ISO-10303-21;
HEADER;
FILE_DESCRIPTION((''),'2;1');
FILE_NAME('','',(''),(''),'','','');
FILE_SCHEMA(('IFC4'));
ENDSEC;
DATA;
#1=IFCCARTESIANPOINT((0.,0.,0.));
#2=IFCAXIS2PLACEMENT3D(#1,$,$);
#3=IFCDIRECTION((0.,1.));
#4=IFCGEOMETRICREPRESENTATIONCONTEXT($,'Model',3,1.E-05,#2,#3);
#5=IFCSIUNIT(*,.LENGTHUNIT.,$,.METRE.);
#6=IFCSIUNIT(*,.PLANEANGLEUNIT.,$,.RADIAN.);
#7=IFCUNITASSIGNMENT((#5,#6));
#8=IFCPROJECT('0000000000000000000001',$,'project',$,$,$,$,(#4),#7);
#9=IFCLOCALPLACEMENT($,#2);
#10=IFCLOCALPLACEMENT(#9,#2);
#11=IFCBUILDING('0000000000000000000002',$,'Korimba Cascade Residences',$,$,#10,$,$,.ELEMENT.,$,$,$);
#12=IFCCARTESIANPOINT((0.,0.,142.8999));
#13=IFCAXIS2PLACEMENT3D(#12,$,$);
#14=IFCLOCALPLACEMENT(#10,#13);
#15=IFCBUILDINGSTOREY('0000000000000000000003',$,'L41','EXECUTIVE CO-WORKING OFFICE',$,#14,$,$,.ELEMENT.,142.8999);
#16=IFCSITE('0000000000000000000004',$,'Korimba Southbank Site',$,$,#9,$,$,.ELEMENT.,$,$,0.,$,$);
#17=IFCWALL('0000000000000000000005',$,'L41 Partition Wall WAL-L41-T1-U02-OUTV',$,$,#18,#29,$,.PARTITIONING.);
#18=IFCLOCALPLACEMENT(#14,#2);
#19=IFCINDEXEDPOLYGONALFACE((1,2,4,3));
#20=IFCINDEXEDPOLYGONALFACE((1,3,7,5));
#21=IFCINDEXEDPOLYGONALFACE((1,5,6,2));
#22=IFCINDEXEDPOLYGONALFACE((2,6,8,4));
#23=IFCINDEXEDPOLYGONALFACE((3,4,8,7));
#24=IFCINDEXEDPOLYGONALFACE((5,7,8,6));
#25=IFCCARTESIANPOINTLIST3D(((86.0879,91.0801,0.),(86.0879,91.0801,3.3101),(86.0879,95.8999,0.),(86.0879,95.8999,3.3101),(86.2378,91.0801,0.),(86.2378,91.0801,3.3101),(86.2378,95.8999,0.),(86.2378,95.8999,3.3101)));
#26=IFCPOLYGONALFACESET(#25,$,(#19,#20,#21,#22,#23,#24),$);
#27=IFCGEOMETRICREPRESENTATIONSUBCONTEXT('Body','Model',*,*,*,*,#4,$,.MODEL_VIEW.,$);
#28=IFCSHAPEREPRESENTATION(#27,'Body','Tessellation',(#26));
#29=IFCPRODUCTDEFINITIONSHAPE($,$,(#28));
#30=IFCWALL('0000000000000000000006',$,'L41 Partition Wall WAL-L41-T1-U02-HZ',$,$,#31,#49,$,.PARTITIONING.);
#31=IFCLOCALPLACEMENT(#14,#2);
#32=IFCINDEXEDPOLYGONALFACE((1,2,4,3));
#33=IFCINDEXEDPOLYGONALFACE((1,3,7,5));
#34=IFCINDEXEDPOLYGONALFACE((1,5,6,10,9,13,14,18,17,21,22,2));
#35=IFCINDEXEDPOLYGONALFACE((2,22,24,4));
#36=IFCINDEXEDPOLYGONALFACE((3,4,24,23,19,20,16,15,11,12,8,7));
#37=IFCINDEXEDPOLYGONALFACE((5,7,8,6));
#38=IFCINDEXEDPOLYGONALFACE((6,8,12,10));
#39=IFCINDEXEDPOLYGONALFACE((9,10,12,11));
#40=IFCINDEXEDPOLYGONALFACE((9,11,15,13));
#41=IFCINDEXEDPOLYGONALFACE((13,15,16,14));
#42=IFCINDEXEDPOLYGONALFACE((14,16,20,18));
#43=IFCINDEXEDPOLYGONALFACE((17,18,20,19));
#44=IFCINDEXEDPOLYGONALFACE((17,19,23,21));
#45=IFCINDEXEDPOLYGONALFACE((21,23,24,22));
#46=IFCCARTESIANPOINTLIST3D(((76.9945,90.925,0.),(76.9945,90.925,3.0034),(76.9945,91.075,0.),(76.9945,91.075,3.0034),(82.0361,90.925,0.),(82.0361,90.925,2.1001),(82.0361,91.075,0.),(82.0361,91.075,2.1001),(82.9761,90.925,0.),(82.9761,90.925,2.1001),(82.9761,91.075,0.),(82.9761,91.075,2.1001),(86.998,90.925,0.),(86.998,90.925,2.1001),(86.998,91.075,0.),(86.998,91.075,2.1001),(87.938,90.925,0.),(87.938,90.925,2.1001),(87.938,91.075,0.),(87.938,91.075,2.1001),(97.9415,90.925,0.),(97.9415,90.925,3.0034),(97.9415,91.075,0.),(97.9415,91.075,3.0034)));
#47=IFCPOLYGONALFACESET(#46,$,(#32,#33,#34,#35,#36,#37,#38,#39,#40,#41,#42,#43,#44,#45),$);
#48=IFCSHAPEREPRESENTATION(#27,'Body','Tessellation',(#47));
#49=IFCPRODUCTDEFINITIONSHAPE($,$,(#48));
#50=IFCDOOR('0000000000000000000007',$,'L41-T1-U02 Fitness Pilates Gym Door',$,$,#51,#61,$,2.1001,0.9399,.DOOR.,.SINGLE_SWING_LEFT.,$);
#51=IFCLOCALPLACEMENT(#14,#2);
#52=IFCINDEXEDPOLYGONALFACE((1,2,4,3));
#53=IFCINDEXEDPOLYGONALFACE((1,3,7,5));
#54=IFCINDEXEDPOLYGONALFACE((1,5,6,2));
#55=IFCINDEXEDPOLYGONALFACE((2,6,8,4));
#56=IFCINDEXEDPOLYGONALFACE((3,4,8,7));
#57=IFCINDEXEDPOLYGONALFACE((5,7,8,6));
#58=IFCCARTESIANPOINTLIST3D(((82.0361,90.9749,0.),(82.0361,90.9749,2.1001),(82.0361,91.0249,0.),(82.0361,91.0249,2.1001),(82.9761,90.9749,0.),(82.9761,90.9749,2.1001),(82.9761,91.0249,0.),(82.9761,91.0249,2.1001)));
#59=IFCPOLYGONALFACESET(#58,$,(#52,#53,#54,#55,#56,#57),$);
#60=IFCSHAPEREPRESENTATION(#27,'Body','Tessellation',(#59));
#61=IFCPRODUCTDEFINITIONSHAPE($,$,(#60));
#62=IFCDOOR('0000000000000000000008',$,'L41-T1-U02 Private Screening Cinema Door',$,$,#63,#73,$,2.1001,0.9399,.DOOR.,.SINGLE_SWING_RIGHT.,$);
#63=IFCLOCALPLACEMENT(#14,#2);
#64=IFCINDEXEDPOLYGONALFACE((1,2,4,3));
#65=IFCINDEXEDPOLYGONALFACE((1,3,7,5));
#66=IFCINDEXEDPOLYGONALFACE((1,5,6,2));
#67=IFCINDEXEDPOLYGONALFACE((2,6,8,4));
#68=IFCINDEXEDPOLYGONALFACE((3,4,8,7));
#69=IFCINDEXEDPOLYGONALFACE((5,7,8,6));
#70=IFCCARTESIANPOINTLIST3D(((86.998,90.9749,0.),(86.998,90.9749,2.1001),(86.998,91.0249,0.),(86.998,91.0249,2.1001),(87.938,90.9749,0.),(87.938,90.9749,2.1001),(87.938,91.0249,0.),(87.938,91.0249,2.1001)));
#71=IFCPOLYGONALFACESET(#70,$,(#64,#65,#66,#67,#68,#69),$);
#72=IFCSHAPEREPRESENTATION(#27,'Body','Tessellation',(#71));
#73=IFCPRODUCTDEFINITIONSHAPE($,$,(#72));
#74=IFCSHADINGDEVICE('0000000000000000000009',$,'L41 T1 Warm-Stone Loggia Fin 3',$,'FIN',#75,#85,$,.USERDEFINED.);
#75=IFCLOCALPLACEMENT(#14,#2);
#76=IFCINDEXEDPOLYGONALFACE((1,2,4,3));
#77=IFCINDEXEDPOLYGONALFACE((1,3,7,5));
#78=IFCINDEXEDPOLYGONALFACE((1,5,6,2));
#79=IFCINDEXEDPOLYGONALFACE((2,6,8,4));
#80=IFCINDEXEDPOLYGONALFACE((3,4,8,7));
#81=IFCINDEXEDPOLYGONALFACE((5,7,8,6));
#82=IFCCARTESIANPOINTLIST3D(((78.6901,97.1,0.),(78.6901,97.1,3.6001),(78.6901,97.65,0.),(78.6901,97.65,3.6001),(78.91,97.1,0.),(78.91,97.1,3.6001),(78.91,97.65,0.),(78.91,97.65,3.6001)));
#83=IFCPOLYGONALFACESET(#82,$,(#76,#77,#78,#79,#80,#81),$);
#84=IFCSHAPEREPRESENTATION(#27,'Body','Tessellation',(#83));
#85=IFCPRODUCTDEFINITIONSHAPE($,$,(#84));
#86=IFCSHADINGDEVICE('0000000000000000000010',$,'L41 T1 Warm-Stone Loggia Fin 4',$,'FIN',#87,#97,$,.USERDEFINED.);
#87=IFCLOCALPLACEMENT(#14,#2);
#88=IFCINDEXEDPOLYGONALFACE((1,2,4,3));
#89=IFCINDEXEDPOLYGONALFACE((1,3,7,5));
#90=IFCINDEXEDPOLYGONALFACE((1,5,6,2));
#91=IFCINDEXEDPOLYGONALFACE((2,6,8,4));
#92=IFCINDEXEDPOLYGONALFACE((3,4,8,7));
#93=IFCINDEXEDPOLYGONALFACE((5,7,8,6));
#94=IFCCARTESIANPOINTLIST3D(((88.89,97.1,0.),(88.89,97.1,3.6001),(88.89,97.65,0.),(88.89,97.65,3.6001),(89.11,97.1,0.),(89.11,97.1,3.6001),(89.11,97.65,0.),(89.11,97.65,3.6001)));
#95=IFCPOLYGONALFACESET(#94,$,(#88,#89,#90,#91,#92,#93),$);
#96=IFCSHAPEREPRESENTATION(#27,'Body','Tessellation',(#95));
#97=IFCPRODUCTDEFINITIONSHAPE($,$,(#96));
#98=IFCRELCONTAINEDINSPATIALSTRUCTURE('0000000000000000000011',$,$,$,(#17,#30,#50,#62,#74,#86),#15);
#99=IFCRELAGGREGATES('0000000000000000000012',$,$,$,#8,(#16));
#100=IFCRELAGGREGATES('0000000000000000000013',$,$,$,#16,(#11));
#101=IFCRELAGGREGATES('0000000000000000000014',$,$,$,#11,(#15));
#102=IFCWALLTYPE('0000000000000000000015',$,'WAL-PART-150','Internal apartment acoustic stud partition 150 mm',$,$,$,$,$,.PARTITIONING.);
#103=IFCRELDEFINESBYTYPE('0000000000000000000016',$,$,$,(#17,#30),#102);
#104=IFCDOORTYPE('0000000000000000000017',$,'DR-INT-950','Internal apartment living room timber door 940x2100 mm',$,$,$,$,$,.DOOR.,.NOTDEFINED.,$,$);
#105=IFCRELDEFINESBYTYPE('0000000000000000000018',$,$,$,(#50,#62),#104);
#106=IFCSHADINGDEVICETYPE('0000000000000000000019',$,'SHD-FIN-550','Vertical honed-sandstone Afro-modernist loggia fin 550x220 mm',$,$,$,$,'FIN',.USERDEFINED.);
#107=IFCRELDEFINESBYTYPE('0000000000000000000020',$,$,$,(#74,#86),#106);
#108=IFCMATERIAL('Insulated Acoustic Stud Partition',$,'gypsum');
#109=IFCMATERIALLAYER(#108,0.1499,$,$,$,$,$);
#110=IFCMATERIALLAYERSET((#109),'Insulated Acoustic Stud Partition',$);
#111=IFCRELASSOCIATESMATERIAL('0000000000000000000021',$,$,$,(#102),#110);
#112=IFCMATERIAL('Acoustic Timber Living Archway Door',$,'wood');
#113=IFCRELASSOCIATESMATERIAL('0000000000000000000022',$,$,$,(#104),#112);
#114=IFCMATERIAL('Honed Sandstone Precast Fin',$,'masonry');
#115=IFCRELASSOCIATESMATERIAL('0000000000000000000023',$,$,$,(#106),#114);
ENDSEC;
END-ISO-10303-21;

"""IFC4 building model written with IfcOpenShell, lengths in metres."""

from ifc_helpers import new_model, si_unit, direction, frame, frame_2d, origin, origin_2d, place, context, subcontext, project, spatial, rectangle, extrude, material, layer, layer_set, type_object, element, fill, save


model = new_model("IFC4")

# Units and contexts
model_context = context("Model", 3, precision=1e-05, world=origin(), true_north=direction((0.0, 1.0)))
body_context = subcontext(model_context, "Body", "Model", "MODEL_VIEW")
ifc_project = project(units=[si_unit("LENGTHUNIT", "METRE"), si_unit("PLANEANGLEUNIT", "RADIAN")], contexts=[model_context])

# Site, building, storey
site_placement = place(None, origin())
site = spatial("IfcSite", under=ifc_project, at=site_placement, Name="Korimba Southbank Site", CompositionType="ELEMENT", RefElevation=0.0)
building_placement = place(site_placement, origin())
building = spatial("IfcBuilding", under=site, at=building_placement, Name="Korimba Cascade Residences", CompositionType="ELEMENT")
storey_placement = place(building_placement, frame((0.0, 0.0, 142.8999)))
storey = spatial("IfcBuildingStorey", under=building, at=storey_placement, Name="L41", Description="EXECUTIVE CO-WORKING OFFICE", CompositionType="ELEMENT", Elevation=142.8999)

# Wall
ifc_material_1 = material(Name="Insulated Acoustic Stud Partition", Category="gypsum")
ifc_layer = layer(ifc_material_1, 0.1499)
ifc_layer_set = layer_set([ifc_layer], Name="Insulated Acoustic Stud Partition")
wall_type = type_object("IfcWallType", Name="WAL-PART-150", Description="Internal apartment acoustic stud partition 150 mm", PredefinedType="PARTITIONING", material=ifc_layer_set)
wall_1_placement = place(storey_placement, frame((86.1628, 91.0801, 0.0), z_axis=(0.0, 0.0, 1.0), x_axis=(0.0, 1.0, 0.0)))
element("IfcWall", 1, at=wall_1_placement, inside=storey, type_object=wall_type, Name="L41 Partition Wall WAL-L41-T1-U02-OUTV", PredefinedType="PARTITIONING", context=body_context, shape_type="SweptSolid", body=[
    extrude(rectangle(XDim=4.8198, YDim=0.1499, at=frame_2d((2.4099, 0.0))), origin(), (0.0, 0.0, 1.0), 3.3101),
])

# Wall, openings, doors
wall_2_placement = place(storey_placement, frame((76.9944, 91.0, 0.0), z_axis=(0.0, 0.0, 1.0), x_axis=(1.0, 0.0, 0.0)))
wall_2 = element("IfcWall", 2, at=wall_2_placement, inside=storey, type_object=wall_type, Name="L41 Partition Wall WAL-L41-T1-U02-HZ", PredefinedType="PARTITIONING", context=body_context, shape_type="SweptSolid", body=[
    extrude(rectangle(XDim=20.947, YDim=0.1499, at=frame_2d((10.4736, 0.0))), origin(), (0.0, 0.0, 1.0), 3.0034),
])
opening_1_placement = place(wall_2_placement, frame((5.0417, 0.0, 0.0)))
opening_1 = element("IfcOpeningElement", 3, at=opening_1_placement, cuts=wall_2, PredefinedType="OPENING", context=body_context, shape_type="SweptSolid", body=[
    extrude(rectangle(XDim=0.9399, YDim=2.1001, at=frame_2d((0.47, 1.05))), frame((0.0, 0.085, 0.0), z_axis=(0.0, -1.0, 0.0), x_axis=(1.0, 0.0, 0.0)), (0.0, 0.0, 1.0), 0.1699),
])
opening_2_placement = place(wall_2_placement, frame((10.0037, 0.0, 0.0)))
opening_2 = element("IfcOpeningElement", 4, at=opening_2_placement, cuts=wall_2, PredefinedType="OPENING", context=body_context, shape_type="SweptSolid", body=[
    extrude(rectangle(XDim=0.9399, YDim=2.1001, at=frame_2d((0.47, 1.05))), frame((0.0, 0.085, 0.0), z_axis=(0.0, -1.0, 0.0), x_axis=(1.0, 0.0, 0.0)), (0.0, 0.0, 1.0), 0.1699),
])
ifc_material_2 = material(Name="Acoustic Timber Living Archway Door", Category="wood")
door_type = type_object("IfcDoorType", Name="DR-INT-950", Description="Internal apartment living room timber door 940x2100 mm", OperationType="NOTDEFINED", PredefinedType="DOOR", material=ifc_material_2)
door_1_placement = place(opening_1_placement, origin())
door_1 = element("IfcDoor", 5, at=door_1_placement, inside=storey, type_object=door_type, Name="L41-T1-U02 Fitness Pilates Gym Door", OperationType="SINGLE_SWING_LEFT", OverallHeight=2.1001, OverallWidth=0.9399, PredefinedType="DOOR", context=body_context, shape_type="SweptSolid", body=[
    extrude(rectangle(XDim=0.9399, YDim=2.1001, at=frame_2d((0.47, 1.05))), frame((0.0, 0.0249, 0.0), z_axis=(0.0, -1.0, 0.0), x_axis=(1.0, 0.0, 0.0)), (0.0, 0.0, 1.0), 0.05),
])
fill(opening_1, door_1)
door_2_placement = place(opening_2_placement, origin())
door_2 = element("IfcDoor", 6, at=door_2_placement, inside=storey, type_object=door_type, Name="L41-T1-U02 Private Screening Cinema Door", OperationType="SINGLE_SWING_RIGHT", OverallHeight=2.1001, OverallWidth=0.9399, PredefinedType="DOOR", context=body_context, shape_type="SweptSolid", body=[
    extrude(rectangle(XDim=0.9399, YDim=2.1001, at=frame_2d((0.47, 1.05))), frame((0.0, 0.0249, 0.0), z_axis=(0.0, -1.0, 0.0), x_axis=(1.0, 0.0, 0.0)), (0.0, 0.0, 1.0), 0.05),
])
fill(opening_2, door_2)

# Shading devices
ifc_material_3 = material(Name="Honed Sandstone Precast Fin", Category="masonry")
shading_device_type = type_object("IfcShadingDeviceType", Name="SHD-FIN-550", Description="Vertical honed-sandstone Afro-modernist loggia fin 550x220 mm", ElementType="FIN", PredefinedType="USERDEFINED", material=ifc_material_3)
for number, where, z_axis, x_axis, name in (
    (7, (78.8, 97.375, 0.0), (0.0, 0.0, 1.0), (1.0, 0.0, 0.0), "L41 T1 Warm-Stone Loggia Fin 3"),
    (8, (89.0, 97.375, 0.0), (0.0, 0.0, 1.0), (1.0, 0.0, 0.0), "L41 T1 Warm-Stone Loggia Fin 4"),
):
    element("IfcShadingDevice", number, at=place(storey_placement, frame(where, z_axis=z_axis, x_axis=x_axis)), inside=storey, type_object=shading_device_type, Name=name, ObjectType="FIN", PredefinedType="USERDEFINED", context=body_context, shape_type="SweptSolid", body=[
        extrude(rectangle(XDim=0.22, YDim=0.55, at=origin_2d()), origin(), (0.0, 0.0, 1.0), 3.6001),
    ])

save(model, "model.ifc")
